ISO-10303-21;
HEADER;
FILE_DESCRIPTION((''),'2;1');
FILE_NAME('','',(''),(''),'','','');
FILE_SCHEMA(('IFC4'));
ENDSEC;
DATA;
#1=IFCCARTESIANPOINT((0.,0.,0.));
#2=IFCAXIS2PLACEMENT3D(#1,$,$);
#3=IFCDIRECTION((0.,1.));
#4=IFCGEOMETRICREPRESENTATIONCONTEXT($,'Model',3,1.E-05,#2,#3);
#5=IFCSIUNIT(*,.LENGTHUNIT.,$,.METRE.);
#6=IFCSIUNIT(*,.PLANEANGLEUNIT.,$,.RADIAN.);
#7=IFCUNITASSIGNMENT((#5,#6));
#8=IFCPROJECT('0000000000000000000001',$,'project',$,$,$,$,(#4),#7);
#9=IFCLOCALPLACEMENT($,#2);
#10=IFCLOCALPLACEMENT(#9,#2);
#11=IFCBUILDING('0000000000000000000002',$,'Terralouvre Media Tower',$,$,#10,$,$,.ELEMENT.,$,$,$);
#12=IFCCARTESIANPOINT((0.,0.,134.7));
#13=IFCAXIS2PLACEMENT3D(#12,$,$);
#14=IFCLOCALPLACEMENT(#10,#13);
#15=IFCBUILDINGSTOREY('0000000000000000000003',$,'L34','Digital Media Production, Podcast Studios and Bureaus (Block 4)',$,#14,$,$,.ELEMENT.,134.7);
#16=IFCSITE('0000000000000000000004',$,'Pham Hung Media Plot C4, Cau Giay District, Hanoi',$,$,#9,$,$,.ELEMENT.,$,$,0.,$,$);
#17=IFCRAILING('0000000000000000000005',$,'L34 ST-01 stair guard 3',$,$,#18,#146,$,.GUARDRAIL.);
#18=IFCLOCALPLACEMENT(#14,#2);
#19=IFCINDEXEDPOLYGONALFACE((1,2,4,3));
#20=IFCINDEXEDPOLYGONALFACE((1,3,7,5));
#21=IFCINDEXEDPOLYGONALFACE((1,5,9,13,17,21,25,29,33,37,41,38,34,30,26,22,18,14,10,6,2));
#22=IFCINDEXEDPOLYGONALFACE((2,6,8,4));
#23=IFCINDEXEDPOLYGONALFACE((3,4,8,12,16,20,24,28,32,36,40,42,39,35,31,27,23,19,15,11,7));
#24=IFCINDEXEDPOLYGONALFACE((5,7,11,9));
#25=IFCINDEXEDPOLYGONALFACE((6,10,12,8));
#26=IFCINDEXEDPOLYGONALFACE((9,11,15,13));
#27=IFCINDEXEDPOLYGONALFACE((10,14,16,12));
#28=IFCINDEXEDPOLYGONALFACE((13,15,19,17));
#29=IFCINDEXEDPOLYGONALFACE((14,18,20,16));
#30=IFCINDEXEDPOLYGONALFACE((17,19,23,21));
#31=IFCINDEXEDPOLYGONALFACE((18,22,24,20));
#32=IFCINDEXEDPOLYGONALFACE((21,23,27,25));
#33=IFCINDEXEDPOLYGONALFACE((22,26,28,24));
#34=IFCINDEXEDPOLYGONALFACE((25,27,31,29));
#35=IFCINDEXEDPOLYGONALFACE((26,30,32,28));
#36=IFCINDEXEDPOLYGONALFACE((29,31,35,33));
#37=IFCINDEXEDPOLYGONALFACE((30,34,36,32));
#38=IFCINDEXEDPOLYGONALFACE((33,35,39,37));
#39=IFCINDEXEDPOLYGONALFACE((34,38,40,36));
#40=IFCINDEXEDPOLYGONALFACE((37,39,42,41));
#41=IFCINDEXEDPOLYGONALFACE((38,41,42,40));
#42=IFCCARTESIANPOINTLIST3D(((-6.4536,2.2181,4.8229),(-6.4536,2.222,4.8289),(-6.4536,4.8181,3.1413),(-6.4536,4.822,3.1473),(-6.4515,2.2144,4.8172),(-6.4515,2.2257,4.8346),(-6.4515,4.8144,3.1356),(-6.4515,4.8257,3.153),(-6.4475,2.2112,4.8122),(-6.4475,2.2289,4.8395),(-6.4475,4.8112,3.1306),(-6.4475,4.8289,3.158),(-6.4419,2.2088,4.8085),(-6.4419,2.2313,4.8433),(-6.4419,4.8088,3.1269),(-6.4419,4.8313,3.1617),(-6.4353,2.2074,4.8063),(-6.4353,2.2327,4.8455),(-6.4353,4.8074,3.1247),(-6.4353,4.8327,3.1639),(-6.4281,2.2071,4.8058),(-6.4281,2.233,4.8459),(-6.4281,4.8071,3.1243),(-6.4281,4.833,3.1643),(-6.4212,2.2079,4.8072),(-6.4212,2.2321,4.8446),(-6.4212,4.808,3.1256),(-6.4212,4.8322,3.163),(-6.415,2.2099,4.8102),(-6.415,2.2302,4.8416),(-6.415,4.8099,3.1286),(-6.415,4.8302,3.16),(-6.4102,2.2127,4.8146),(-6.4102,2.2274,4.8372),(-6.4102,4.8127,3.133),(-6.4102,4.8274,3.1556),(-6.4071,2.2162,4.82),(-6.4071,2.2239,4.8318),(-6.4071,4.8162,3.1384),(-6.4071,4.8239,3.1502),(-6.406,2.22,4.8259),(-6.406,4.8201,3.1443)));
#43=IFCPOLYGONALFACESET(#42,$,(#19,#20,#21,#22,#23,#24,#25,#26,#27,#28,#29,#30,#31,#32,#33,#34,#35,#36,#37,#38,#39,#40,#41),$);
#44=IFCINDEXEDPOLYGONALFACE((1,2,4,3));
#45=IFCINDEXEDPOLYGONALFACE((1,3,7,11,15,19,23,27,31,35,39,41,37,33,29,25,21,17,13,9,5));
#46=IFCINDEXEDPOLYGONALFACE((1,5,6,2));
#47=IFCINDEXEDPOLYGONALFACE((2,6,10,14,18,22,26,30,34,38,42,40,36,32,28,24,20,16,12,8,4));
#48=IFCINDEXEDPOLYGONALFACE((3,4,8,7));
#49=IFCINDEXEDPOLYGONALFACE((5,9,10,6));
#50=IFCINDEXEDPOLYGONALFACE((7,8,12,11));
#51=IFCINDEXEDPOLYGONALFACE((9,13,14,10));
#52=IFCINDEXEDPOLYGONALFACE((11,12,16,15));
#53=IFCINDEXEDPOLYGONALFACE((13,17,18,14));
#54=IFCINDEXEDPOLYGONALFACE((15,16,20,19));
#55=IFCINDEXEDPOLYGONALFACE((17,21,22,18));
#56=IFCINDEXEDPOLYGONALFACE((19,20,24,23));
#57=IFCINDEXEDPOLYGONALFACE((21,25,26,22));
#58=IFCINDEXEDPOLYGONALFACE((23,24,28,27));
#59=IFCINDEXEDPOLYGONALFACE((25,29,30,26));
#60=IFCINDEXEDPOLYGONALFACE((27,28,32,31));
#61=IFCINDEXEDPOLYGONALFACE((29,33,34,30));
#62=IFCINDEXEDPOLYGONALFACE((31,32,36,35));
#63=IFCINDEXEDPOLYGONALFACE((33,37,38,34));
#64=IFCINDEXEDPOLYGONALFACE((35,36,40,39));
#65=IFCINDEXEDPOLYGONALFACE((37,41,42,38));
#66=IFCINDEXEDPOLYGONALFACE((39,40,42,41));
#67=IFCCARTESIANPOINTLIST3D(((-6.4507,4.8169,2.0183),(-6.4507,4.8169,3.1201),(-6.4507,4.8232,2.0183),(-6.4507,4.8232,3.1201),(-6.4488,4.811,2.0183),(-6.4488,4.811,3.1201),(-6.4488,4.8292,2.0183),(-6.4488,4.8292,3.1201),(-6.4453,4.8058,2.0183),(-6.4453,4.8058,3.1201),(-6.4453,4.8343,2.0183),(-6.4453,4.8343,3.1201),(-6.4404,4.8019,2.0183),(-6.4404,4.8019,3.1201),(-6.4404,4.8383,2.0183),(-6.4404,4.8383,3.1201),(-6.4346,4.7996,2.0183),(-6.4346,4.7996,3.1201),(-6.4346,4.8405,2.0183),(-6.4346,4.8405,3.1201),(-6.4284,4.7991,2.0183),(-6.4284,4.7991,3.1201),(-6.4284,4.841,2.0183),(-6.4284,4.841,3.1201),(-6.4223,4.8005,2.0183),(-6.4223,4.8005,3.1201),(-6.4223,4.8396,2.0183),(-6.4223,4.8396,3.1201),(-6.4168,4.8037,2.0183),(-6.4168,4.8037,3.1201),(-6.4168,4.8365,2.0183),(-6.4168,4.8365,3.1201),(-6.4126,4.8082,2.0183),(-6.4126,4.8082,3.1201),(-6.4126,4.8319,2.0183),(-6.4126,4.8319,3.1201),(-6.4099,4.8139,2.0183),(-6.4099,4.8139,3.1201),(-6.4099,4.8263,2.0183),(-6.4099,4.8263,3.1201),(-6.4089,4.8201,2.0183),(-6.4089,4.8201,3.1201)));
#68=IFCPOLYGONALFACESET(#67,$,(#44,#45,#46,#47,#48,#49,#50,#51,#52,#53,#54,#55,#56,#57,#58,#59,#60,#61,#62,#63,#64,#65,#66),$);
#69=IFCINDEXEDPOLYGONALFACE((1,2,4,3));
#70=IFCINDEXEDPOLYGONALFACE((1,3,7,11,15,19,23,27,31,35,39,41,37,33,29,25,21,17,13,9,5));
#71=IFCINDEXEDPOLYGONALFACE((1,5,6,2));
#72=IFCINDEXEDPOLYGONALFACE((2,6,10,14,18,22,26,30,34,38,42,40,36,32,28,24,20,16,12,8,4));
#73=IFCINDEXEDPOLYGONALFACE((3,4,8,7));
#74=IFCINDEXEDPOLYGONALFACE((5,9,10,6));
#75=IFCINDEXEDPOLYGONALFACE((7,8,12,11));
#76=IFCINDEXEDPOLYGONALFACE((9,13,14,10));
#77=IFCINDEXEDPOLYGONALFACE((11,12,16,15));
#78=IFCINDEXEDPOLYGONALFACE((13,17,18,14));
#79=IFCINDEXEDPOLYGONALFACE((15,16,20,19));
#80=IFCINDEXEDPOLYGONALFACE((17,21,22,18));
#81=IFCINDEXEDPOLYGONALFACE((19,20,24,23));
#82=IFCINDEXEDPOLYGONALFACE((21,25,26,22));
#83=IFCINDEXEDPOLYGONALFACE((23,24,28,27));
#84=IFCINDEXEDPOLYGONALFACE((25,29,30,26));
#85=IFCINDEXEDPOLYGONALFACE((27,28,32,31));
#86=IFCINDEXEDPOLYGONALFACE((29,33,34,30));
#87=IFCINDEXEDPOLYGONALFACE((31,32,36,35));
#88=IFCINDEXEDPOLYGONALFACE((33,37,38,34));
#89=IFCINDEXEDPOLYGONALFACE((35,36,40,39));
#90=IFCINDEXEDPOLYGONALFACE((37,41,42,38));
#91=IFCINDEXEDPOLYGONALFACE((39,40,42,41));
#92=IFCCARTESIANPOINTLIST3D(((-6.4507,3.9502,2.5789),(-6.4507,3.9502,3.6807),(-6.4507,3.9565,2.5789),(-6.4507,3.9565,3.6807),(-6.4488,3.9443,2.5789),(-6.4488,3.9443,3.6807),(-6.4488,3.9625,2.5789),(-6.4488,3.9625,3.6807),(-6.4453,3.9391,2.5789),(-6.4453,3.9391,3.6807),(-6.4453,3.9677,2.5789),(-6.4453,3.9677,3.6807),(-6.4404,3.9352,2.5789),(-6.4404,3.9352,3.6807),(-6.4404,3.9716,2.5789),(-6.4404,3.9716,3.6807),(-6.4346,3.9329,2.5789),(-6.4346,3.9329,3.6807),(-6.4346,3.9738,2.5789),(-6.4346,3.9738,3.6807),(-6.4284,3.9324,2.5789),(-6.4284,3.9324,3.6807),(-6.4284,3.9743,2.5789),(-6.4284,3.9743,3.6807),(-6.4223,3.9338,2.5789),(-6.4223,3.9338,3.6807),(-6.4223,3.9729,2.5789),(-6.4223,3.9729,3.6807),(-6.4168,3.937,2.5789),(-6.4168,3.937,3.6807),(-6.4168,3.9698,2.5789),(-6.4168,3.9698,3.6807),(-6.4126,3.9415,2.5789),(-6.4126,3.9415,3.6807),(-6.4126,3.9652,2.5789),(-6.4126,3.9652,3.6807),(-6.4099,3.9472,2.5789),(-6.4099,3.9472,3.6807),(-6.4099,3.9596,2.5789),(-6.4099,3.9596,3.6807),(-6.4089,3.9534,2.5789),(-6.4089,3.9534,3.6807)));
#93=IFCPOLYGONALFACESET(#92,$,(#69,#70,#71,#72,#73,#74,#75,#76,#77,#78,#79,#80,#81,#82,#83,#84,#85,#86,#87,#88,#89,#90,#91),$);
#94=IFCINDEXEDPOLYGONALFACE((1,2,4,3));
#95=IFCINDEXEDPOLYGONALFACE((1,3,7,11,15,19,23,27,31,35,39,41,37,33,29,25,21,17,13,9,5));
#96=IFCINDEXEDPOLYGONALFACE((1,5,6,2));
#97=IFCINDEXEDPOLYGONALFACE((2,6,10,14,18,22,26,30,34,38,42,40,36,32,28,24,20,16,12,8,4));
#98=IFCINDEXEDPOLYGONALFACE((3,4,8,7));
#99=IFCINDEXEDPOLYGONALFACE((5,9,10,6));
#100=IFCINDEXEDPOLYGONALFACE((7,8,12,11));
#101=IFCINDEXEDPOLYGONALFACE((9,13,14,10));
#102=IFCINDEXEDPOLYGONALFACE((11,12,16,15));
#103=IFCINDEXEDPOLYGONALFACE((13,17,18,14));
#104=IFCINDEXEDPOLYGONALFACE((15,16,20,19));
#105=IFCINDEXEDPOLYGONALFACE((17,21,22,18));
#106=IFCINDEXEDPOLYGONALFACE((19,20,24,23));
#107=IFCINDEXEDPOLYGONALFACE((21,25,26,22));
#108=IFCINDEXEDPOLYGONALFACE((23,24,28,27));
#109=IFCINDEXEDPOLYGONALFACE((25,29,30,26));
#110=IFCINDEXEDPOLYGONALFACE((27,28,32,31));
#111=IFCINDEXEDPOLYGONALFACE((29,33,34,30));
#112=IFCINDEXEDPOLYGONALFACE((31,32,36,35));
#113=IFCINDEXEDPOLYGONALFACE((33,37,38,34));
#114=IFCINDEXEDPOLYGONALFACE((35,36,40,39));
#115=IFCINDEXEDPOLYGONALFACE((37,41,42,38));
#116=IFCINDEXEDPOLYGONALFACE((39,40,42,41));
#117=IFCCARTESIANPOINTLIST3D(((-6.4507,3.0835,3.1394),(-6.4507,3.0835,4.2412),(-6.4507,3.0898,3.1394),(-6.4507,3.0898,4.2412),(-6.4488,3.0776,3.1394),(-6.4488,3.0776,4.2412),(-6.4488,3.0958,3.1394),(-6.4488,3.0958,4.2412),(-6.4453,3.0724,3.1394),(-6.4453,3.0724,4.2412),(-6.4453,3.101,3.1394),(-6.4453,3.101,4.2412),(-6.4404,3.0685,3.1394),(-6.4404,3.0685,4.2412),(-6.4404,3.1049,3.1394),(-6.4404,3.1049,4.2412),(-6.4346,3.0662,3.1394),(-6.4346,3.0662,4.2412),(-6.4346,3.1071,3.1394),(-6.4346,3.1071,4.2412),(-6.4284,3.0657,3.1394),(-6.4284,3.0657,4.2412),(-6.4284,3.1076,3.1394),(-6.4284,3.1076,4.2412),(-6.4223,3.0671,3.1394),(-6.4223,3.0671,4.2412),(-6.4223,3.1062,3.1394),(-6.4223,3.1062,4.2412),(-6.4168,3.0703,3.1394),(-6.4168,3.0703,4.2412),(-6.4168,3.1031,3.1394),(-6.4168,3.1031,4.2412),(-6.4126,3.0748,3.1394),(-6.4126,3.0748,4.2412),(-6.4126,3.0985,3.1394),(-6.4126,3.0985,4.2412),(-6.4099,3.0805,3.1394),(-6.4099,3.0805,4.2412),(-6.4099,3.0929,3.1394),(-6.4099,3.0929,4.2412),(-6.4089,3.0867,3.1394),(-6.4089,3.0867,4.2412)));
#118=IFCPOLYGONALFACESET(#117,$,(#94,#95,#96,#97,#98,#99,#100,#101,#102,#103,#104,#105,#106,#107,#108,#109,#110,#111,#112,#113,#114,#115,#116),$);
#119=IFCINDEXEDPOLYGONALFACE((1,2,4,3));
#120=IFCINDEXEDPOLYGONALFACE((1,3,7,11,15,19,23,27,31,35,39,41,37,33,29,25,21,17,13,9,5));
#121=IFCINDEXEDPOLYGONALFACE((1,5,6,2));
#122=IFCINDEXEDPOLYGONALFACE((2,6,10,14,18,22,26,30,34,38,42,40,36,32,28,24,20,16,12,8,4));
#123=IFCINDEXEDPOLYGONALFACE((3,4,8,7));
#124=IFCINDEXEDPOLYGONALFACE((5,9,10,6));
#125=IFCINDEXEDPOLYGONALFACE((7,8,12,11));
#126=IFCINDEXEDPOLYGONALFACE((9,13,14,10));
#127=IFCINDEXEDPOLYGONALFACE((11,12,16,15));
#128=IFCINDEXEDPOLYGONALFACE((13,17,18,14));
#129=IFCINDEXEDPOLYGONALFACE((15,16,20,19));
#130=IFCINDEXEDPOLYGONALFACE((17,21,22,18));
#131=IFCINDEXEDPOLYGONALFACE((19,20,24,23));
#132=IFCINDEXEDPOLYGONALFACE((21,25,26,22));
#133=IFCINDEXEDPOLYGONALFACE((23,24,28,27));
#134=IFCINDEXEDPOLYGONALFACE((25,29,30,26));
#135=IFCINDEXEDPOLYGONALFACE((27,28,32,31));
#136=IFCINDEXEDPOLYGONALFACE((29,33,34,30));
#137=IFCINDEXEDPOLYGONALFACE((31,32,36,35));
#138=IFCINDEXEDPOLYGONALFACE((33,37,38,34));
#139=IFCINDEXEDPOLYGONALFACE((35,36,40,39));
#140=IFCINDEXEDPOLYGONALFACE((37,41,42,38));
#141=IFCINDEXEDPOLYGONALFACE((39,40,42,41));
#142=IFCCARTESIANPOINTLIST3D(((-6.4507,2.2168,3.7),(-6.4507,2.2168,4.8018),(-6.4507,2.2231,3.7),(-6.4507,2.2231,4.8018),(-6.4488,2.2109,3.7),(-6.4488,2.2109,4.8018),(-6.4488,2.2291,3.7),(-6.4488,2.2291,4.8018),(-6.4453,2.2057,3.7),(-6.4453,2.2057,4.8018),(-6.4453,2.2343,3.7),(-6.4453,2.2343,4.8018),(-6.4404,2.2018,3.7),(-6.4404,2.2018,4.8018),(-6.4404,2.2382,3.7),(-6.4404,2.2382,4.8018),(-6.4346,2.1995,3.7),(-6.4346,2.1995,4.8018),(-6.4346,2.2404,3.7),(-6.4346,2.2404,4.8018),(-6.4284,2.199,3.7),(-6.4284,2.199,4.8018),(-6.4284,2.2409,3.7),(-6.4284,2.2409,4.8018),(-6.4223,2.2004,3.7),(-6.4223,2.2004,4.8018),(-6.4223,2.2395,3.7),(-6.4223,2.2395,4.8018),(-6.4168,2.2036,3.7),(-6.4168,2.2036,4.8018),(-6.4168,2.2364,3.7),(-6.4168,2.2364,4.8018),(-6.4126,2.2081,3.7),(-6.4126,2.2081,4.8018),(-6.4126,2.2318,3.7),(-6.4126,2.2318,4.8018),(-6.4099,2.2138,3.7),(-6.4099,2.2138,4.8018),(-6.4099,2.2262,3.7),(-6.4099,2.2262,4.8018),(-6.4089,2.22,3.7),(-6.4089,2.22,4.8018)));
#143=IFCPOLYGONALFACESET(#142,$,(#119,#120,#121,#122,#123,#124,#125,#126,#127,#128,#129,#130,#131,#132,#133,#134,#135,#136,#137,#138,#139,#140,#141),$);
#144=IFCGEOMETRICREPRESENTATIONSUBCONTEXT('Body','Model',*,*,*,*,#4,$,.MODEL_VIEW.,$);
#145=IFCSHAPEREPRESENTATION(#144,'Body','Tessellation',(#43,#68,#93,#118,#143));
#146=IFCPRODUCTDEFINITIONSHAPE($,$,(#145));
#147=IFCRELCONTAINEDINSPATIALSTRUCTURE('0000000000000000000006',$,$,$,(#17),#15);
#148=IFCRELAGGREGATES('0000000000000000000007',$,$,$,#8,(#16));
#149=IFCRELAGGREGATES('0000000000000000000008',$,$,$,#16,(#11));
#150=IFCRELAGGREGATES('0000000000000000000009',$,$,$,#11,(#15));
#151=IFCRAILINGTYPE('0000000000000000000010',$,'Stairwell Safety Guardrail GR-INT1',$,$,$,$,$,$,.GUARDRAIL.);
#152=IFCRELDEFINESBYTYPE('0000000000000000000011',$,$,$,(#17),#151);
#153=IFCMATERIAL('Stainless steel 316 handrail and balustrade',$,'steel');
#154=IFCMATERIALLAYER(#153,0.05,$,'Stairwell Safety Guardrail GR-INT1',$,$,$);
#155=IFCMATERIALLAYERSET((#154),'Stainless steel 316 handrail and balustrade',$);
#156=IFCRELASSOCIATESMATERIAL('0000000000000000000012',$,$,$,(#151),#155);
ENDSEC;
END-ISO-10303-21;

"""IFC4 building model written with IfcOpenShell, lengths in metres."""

from ifc_helpers import new_model, si_unit, direction, frame, origin, origin_2d, place, context, subcontext, project, spatial, circle, extrude, material, layer, layer_set, type_object, element, save


model = new_model("IFC4")

# Units and contexts
model_context = context("Model", 3, precision=1e-05, world=origin(), true_north=direction((0.0, 1.0)))
body_context = subcontext(model_context, "Body", "Model", "MODEL_VIEW")
ifc_project = project(units=[si_unit("LENGTHUNIT", "METRE"), si_unit("PLANEANGLEUNIT", "RADIAN")], contexts=[model_context])

# Site, building, storey
site_placement = place(None, origin())
site = spatial("IfcSite", under=ifc_project, at=site_placement, Name="Pham Hung Media Plot C4, Cau Giay District, Hanoi", CompositionType="ELEMENT", RefElevation=0.0)
building_placement = place(site_placement, origin())
building = spatial("IfcBuilding", under=site, at=building_placement, Name="Terralouvre Media Tower", CompositionType="ELEMENT")
storey_placement = place(building_placement, frame((0.0, 0.0, 134.7)))
storey = spatial("IfcBuildingStorey", under=building, at=storey_placement, Name="L34", Description="Digital Media Production, Podcast Studios and Bureaus (Block 4)", CompositionType="ELEMENT", Elevation=134.7)

# Railing
ifc_material_1 = material(Name="Stainless steel 316 handrail and balustrade", Category="steel")
ifc_layer_1 = layer(ifc_material_1, 0.05, Name="Stairwell Safety Guardrail GR-INT1")
ifc_layer_set_1 = layer_set([ifc_layer_1], Name="Stainless steel 316 handrail and balustrade")
railing_type_1 = type_object("IfcRailingType", Name="Stairwell Safety Guardrail GR-INT1", PredefinedType="GUARDRAIL", material=ifc_layer_set_1)
railing_1_placement = place(storey_placement, frame((-6.4299, 4.8201, 2.0183)))
element("IfcRailing", 1, at=railing_1_placement, inside=storey, type_object=railing_type_1, Name="L34 ST-01 stair guard 3", PredefinedType="GUARDRAIL", context=body_context, shape_type="SweptSolid", body=[
    extrude(circle(Radius=0.0239, at=origin_2d()), frame((0.0, 0.0, 1.126), z_axis=(0.0, -0.839684, 0.543075), x_axis=(1.0, 0.0, 0.0)), (0.0, 0.0, 1.0), 3.0964),
    extrude(circle(Radius=0.021, at=origin_2d()), origin(), (0.0, 0.0, 1.0), 1.1018),
    extrude(circle(Radius=0.021, at=origin_2d()), frame((0.0, -0.8667, 0.5605)), (0.0, 0.0, 1.0), 1.1018),
    extrude(circle(Radius=0.021, at=origin_2d()), frame((0.0, -1.7334, 1.1211)), (0.0, 0.0, 1.0), 1.1018),
    extrude(circle(Radius=0.021, at=origin_2d()), frame((0.0, -2.6001, 1.6816)), (0.0, 0.0, 1.0), 1.1018),
])

save(model, "model.ifc")
